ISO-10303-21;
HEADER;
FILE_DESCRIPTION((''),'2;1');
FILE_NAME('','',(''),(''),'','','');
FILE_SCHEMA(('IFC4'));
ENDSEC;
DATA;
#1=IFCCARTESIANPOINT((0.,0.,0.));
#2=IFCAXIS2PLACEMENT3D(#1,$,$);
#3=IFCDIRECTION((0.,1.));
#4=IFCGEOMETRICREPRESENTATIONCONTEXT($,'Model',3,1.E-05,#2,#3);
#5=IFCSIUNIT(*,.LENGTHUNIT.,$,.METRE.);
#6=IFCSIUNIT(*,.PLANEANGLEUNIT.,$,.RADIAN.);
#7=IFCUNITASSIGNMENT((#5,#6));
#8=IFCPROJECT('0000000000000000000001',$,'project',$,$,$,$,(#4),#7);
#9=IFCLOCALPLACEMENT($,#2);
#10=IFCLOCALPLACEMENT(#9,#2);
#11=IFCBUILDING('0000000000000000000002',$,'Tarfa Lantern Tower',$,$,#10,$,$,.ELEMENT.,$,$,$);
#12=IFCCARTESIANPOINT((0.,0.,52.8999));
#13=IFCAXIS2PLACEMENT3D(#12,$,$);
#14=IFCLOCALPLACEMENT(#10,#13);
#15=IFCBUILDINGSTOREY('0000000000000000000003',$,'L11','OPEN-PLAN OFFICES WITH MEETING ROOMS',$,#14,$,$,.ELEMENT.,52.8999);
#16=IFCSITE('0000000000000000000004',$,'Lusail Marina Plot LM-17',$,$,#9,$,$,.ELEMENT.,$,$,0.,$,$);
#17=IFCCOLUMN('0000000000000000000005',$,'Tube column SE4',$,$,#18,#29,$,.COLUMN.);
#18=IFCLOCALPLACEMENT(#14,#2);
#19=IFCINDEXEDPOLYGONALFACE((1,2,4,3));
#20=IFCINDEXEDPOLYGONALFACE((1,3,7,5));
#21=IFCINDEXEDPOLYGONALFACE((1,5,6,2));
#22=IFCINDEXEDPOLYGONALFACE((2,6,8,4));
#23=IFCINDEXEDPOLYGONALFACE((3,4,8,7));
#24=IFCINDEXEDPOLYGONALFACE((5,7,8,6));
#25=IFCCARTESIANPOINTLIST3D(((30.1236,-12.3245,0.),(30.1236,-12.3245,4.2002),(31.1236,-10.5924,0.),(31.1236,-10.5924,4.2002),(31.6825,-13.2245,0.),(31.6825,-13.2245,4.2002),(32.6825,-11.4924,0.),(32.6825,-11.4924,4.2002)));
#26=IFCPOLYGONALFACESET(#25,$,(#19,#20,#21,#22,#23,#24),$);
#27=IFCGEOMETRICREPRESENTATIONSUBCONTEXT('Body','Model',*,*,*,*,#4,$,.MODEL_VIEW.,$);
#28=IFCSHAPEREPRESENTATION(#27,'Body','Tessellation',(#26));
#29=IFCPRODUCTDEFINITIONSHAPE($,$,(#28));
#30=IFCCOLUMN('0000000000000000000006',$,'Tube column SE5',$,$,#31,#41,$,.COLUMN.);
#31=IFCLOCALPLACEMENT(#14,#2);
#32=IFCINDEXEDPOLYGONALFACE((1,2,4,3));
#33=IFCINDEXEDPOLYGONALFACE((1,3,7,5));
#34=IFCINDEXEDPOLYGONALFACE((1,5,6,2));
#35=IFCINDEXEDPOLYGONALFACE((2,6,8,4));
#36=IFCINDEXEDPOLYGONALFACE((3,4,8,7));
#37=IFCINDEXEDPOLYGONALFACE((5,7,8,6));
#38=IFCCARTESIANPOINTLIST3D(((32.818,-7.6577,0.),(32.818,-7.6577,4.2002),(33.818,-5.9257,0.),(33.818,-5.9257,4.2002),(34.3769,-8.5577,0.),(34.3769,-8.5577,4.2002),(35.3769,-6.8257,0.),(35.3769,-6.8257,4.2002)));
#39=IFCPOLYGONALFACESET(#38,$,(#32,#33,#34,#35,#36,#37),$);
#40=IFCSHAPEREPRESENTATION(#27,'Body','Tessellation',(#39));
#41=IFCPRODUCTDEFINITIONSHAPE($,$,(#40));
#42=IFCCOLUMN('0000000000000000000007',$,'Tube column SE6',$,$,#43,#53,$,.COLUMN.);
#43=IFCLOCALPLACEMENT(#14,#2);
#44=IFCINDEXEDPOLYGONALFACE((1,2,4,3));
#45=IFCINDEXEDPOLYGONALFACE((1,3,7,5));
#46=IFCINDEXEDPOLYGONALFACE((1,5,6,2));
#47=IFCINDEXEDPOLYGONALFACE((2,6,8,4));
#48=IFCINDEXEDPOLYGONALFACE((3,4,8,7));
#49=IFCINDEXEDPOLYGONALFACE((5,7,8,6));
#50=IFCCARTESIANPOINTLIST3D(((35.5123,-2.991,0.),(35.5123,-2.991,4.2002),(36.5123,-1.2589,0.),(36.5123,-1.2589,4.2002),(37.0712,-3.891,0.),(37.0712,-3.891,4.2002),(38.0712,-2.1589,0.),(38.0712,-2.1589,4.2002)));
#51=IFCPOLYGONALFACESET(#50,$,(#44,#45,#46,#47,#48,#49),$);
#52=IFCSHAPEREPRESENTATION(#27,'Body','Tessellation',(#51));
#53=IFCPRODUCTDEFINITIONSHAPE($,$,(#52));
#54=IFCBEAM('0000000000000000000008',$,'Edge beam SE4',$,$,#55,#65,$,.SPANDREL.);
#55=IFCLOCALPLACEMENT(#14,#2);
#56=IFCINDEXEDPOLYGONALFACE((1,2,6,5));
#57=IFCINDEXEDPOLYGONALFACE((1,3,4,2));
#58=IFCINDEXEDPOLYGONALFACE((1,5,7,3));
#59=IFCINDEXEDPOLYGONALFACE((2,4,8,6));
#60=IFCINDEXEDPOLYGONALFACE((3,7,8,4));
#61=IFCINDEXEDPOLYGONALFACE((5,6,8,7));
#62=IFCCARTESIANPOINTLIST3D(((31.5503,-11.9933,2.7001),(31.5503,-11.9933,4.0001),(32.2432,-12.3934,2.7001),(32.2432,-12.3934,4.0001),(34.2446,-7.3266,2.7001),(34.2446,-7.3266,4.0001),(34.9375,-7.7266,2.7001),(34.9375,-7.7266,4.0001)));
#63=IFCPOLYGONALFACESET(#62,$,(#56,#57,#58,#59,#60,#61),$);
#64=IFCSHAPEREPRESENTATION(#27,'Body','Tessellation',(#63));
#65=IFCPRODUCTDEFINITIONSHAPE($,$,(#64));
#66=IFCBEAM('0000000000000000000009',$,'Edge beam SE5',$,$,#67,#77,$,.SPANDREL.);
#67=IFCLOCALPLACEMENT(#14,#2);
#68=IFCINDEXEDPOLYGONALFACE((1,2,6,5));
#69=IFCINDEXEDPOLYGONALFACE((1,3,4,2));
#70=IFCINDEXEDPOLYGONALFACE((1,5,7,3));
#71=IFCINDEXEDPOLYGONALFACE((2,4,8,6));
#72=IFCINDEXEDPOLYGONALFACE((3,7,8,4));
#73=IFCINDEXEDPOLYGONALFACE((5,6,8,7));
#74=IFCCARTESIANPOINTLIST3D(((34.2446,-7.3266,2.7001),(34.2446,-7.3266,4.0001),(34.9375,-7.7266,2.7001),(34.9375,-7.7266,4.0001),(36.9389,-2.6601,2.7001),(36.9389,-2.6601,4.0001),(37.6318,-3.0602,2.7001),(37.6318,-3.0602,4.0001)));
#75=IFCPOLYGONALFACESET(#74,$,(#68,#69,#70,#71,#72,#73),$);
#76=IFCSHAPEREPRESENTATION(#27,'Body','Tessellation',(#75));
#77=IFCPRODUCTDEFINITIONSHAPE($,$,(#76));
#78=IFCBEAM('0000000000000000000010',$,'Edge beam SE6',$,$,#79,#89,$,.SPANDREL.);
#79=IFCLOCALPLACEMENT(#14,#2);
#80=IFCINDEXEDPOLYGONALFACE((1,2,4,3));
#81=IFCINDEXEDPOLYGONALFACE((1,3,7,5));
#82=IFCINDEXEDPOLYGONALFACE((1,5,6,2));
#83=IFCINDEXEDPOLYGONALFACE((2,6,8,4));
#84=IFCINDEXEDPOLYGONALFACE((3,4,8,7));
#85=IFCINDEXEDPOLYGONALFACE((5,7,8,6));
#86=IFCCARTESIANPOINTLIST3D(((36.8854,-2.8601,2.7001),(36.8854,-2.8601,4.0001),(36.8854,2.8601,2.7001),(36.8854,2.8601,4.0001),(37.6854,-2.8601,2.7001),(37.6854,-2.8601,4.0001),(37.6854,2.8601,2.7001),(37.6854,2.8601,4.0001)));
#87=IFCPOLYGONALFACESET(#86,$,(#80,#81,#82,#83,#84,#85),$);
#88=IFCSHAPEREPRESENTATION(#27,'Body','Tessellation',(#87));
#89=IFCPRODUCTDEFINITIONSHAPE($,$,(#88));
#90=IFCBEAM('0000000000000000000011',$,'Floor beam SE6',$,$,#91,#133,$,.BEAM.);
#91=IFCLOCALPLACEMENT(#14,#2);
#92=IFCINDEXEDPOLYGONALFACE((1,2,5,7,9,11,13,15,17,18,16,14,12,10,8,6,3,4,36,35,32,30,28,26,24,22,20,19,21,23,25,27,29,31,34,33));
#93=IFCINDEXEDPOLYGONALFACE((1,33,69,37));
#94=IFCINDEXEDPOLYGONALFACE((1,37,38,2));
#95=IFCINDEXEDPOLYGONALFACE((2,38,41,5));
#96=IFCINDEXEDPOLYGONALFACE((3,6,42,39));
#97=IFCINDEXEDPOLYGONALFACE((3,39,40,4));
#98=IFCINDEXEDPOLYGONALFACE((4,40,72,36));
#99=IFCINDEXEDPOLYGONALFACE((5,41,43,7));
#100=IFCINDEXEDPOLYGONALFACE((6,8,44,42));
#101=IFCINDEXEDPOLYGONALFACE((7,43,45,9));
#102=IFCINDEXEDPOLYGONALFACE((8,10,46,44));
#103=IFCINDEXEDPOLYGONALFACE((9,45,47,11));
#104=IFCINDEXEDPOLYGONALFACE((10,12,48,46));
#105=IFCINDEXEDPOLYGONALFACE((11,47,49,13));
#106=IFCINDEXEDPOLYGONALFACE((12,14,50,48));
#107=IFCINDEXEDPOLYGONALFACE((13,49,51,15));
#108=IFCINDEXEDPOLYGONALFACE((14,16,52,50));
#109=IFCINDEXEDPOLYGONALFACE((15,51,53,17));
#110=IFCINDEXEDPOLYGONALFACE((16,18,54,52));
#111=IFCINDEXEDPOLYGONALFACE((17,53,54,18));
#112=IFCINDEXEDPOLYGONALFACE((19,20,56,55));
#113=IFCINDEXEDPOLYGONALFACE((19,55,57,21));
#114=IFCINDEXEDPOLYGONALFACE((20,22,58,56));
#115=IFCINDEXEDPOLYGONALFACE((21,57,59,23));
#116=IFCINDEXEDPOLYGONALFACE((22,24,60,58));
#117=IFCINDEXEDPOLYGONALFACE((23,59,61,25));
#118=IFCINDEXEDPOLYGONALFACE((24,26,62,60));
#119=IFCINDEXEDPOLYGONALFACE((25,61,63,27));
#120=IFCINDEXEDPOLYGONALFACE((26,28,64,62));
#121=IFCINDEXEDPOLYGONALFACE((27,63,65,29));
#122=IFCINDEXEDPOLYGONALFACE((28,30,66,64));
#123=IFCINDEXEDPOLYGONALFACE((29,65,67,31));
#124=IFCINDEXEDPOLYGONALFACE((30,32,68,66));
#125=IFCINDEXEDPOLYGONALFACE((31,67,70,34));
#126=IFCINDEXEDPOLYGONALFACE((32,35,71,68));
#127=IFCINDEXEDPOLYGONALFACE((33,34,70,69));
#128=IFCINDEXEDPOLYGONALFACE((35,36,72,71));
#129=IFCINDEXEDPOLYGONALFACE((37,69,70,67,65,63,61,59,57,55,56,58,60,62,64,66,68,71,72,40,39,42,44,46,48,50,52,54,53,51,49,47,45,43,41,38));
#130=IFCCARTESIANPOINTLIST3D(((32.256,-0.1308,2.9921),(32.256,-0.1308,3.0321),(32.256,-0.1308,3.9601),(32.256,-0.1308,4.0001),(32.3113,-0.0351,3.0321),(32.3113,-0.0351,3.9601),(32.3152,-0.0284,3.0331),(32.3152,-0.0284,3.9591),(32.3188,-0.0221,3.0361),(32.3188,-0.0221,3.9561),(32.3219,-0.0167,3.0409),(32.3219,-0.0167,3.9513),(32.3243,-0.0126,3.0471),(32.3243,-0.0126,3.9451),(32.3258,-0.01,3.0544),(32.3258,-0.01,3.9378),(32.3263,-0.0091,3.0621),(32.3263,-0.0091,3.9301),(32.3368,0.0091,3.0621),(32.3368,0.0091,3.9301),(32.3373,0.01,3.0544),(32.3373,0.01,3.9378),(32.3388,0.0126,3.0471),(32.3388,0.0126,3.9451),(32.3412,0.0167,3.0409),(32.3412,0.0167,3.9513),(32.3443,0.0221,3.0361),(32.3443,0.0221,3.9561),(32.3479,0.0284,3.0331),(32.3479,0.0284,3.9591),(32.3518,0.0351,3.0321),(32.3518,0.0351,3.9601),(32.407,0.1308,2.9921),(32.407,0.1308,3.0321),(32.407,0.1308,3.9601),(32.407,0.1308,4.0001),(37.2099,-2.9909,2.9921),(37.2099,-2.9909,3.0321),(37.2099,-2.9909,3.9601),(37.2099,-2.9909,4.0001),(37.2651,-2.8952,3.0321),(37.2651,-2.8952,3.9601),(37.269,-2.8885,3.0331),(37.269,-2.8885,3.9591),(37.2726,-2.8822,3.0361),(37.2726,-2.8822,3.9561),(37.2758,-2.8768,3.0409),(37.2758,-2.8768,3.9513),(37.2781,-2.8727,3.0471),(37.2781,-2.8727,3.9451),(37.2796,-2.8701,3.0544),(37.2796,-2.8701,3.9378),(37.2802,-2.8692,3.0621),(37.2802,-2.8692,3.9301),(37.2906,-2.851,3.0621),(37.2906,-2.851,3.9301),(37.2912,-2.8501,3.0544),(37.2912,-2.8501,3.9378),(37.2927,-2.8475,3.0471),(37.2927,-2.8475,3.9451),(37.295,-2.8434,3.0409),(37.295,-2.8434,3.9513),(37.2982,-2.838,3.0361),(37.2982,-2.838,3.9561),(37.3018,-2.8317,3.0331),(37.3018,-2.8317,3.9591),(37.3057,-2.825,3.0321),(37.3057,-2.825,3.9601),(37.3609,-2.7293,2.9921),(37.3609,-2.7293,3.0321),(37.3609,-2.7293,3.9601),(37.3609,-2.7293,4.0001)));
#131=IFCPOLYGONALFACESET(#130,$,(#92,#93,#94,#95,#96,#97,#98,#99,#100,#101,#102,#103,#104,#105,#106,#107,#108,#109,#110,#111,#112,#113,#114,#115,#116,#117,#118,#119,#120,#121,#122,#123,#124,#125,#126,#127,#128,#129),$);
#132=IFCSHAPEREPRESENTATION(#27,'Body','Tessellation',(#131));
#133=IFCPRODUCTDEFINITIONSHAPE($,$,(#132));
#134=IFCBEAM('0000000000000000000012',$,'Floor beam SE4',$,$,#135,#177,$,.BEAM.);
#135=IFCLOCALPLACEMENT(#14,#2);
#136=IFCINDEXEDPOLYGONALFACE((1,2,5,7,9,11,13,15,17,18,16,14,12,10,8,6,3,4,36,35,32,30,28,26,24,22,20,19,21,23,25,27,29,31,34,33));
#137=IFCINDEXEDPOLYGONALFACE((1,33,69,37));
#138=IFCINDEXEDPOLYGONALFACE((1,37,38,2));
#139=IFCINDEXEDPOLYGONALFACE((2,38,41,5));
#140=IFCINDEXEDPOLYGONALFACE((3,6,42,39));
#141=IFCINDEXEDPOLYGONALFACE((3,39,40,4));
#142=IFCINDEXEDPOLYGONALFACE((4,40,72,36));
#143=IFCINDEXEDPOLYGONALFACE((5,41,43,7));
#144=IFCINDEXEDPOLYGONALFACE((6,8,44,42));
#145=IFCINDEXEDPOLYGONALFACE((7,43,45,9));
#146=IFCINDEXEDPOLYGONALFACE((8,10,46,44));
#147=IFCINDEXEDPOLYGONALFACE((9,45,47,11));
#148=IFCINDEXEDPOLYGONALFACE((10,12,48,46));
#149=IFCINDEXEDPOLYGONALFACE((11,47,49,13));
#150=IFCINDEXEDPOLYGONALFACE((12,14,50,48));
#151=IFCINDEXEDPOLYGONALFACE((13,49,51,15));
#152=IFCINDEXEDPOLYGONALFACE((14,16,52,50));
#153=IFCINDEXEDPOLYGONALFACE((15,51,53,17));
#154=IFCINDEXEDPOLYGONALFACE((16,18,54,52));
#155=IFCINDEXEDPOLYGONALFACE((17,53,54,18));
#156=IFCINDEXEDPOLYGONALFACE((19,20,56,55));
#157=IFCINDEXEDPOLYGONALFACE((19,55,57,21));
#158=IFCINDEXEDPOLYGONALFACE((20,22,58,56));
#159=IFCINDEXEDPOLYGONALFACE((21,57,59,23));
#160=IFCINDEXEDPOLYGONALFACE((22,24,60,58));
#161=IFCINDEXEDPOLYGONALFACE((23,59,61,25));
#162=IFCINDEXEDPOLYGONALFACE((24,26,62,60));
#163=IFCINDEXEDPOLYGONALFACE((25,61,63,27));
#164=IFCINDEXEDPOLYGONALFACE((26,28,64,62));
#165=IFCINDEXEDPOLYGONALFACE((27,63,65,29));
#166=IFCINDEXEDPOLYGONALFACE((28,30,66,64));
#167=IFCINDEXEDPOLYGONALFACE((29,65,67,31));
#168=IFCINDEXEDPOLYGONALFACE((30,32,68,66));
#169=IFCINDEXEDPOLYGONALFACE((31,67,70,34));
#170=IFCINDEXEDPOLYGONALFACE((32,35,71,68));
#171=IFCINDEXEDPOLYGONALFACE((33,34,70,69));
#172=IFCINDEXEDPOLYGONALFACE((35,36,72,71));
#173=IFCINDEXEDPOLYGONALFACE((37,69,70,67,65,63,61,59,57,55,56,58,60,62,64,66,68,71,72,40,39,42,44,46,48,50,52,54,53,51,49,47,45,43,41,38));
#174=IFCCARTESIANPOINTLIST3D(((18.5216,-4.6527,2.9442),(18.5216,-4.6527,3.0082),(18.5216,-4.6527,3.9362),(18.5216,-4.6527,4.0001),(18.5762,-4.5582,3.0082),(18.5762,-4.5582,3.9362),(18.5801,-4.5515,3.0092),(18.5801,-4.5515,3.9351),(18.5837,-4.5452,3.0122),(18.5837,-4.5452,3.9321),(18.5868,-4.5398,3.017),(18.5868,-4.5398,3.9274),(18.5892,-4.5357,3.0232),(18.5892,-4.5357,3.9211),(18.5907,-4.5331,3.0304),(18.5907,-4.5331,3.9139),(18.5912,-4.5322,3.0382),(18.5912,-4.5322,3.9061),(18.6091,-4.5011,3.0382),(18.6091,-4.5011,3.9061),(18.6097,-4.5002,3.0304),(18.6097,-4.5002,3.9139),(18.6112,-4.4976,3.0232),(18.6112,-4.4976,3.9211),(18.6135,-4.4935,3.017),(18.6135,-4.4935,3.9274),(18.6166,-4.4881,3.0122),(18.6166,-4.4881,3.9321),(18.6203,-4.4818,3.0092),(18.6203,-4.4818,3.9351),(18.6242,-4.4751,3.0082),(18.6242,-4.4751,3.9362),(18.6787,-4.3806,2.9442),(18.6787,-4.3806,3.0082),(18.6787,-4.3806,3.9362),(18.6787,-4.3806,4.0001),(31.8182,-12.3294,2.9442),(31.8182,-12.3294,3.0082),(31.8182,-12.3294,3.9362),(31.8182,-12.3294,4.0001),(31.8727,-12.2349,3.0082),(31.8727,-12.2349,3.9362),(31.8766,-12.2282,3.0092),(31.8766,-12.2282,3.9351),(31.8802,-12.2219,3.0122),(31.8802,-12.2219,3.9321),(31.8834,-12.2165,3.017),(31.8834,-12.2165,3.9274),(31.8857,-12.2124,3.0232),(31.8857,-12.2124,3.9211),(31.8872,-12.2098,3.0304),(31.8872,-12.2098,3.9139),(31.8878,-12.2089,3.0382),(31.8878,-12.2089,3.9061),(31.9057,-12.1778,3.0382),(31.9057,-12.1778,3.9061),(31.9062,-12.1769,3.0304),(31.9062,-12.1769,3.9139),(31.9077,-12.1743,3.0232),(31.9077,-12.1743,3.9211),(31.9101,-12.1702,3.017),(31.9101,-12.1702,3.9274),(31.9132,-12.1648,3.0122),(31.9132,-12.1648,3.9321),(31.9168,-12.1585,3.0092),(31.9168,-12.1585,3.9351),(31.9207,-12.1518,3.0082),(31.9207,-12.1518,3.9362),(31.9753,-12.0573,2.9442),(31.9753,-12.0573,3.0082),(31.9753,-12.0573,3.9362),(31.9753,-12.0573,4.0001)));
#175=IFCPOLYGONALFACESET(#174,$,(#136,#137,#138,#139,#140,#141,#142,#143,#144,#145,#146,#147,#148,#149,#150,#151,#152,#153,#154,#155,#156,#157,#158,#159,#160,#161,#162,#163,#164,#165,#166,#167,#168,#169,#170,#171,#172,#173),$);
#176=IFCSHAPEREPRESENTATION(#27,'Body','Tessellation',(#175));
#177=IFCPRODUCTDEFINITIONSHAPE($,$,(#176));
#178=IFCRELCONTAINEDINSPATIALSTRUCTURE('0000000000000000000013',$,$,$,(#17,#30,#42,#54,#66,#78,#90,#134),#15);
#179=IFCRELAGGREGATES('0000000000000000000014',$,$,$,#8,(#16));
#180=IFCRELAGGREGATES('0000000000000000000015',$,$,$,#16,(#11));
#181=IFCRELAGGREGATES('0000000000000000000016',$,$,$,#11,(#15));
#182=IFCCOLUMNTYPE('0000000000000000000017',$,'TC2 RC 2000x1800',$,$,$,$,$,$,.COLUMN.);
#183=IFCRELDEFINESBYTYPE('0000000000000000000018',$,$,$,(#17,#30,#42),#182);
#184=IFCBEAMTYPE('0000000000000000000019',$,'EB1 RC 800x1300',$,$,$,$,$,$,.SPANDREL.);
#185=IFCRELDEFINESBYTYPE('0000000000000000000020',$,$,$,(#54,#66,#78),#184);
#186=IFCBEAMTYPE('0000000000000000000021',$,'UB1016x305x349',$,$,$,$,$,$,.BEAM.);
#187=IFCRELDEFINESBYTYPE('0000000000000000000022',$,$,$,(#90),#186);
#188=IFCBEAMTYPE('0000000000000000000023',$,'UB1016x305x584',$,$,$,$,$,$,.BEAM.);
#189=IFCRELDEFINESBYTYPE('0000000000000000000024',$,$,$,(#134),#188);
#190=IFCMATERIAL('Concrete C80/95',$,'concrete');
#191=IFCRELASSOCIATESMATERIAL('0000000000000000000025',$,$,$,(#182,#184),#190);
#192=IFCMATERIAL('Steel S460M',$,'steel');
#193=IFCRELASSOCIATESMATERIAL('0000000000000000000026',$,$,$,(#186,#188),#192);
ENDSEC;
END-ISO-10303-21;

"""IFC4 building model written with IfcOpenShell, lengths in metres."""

from ifc_helpers import new_model, si_unit, direction, frame, origin, origin_2d, place, context, subcontext, project, spatial, rectangle, i_section, extrude, material, material_profile, profile_set, type_object, element, save


model = new_model("IFC4")

# Units and contexts
model_context = context("Model", 3, precision=1e-05, world=origin(), true_north=direction((0.0, 1.0)))
body_context = subcontext(model_context, "Body", "Model", "MODEL_VIEW")
ifc_project = project(units=[si_unit("LENGTHUNIT", "METRE"), si_unit("PLANEANGLEUNIT", "RADIAN")], contexts=[model_context])

# Site, building, storey
site_placement = place(None, origin())
site = spatial("IfcSite", under=ifc_project, at=site_placement, Name="Lusail Marina Plot LM-17", CompositionType="ELEMENT", RefElevation=0.0)
building_placement = place(site_placement, origin())
building = spatial("IfcBuilding", under=site, at=building_placement, Name="Tarfa Lantern Tower", CompositionType="ELEMENT")
storey_placement = place(building_placement, frame((0.0, 0.0, 52.8999)))
storey = spatial("IfcBuildingStorey", under=building, at=storey_placement, Name="L11", Description="OPEN-PLAN OFFICES WITH MEETING ROOMS", CompositionType="ELEMENT", Elevation=52.8999)

# Columns
ifc_material_1 = material(Name="Concrete C80/95", Category="concrete")
ifc_material_profile_1 = material_profile(ifc_material_1, rectangle(XDim=2.0, YDim=1.8, at=origin_2d()), Name="RC 2000x1800")
ifc_profile_set_1 = profile_set([ifc_material_profile_1], Name="Concrete C80/95")
column_type = type_object("IfcColumnType", Name="TC2 RC 2000x1800", PredefinedType="COLUMN", material=ifc_profile_set_1)
for number, where, z_axis, x_axis, name in (
    (1, (31.4031, -11.9084, 0.0), (0.0, 0.0, 1.0), (0.5, 0.866025, 0.0), "Tube column SE4"),
    (2, (34.0974, -7.2417, 0.0), (0.0, 0.0, 1.0), (0.5, 0.866025, 0.0), "Tube column SE5"),
    (3, (36.7917, -2.575, 0.0), (0.0, 0.0, 1.0), (0.5, 0.866025, 0.0), "Tube column SE6"),
):
    element("IfcColumn", number, at=place(storey_placement, frame(where, z_axis=z_axis, x_axis=x_axis)), inside=storey, type_object=column_type, Name=name, PredefinedType="COLUMN", context=body_context, shape_type="SweptSolid", body=[
        extrude(rectangle(XDim=2.0, YDim=1.8, at=origin_2d()), origin(), (0.0, 0.0, 1.0), 4.2002),
    ])

# Beams
ifc_material_profile_2 = material_profile(ifc_material_1, rectangle(XDim=0.8, YDim=1.3, at=origin_2d()), Name="RC 800x1300")
ifc_profile_set_2 = profile_set([ifc_material_profile_2], Name="Concrete C80/95")
beam_type_1 = type_object("IfcBeamType", Name="EB1 RC 800x1300", PredefinedType="SPANDREL", material=ifc_profile_set_2)
beam_1_placement = place(storey_placement, frame((31.8967, -12.1934, 3.3501), z_axis=(0.499998, 0.866026, 0.0), x_axis=(-0.866026, 0.499998, 0.0)))
element("IfcBeam", 4, at=beam_1_placement, inside=storey, type_object=beam_type_1, Name="Edge beam SE4", PredefinedType="SPANDREL", context=body_context, shape_type="SweptSolid", body=[
    extrude(rectangle(XDim=0.8, YDim=1.3, at=origin_2d()), origin(), (0.0, 0.0, 1.0), 5.3887),
])
beam_2_placement = place(storey_placement, frame((34.5911, -7.5266, 3.3501), z_axis=(0.500018, 0.866015, 0.0), x_axis=(-0.866015, 0.500018, 0.0)))
element("IfcBeam", 5, at=beam_2_placement, inside=storey, type_object=beam_type_1, Name="Edge beam SE5", PredefinedType="SPANDREL", context=body_context, shape_type="SweptSolid", body=[
    extrude(rectangle(XDim=0.8, YDim=1.3, at=origin_2d()), origin(), (0.0, 0.0, 1.0), 5.3884),
])
beam_3_placement = place(storey_placement, frame((37.2854, -2.8601, 3.3501), z_axis=(0.0, 1.0, 0.0), x_axis=(-1.0, 0.0, 0.0)))
element("IfcBeam", 6, at=beam_3_placement, inside=storey, type_object=beam_type_1, Name="Edge beam SE6", PredefinedType="SPANDREL", context=body_context, shape_type="SweptSolid", body=[
    extrude(rectangle(XDim=0.8, YDim=1.3, at=origin_2d()), origin(), (0.0, 0.0, 1.0), 5.7202),
])
ifc_material_2 = material(Name="Steel S460M", Category="steel")
ifc_material_profile_3 = material_profile(ifc_material_2, i_section(OverallWidth=0.302, OverallDepth=1.0081, WebThickness=0.021, FlangeThickness=0.04, FilletRadius=0.03, at=origin_2d()), Name="UB1016x305x349")
ifc_profile_set_3 = profile_set([ifc_material_profile_3], Name="Steel S460M")
beam_type_2 = type_object("IfcBeamType", Name="UB1016x305x349", PredefinedType="BEAM", material=ifc_profile_set_3)
beam_4_placement = place(storey_placement, frame((37.2854, -2.8601, 3.4961), z_axis=(-0.866026, 0.5, 0.0), x_axis=(-0.5, -0.866026, 0.0)))
element("IfcBeam", 7, at=beam_4_placement, inside=storey, type_object=beam_type_2, Name="Floor beam SE6", PredefinedType="BEAM", context=body_context, shape_type="SweptSolid", body=[
    extrude(i_section(OverallWidth=0.302, OverallDepth=1.0081, WebThickness=0.021, FlangeThickness=0.04, FilletRadius=0.03, at=origin_2d()), origin(), (0.0, 0.0, 1.0), 5.7202),
])
ifc_material_profile_4 = material_profile(ifc_material_2, i_section(OverallWidth=0.3142, OverallDepth=1.0559, WebThickness=0.0359, FlangeThickness=0.064, FilletRadius=0.03, at=origin_2d()), Name="UB1016x305x584")
ifc_profile_set_4 = profile_set([ifc_material_profile_4], Name="Steel S460M")
beam_type_3 = type_object("IfcBeamType", Name="UB1016x305x584", PredefinedType="BEAM", material=ifc_profile_set_4)
beam_5_placement = place(storey_placement, frame((31.8967, -12.1934, 3.4722), z_axis=(-0.866027, 0.499997, 0.0), x_axis=(-0.499997, -0.866027, 0.0)))
element("IfcBeam", 8, at=beam_5_placement, inside=storey, type_object=beam_type_3, Name="Floor beam SE4", PredefinedType="BEAM", context=body_context, shape_type="SweptSolid", body=[
    extrude(i_section(OverallWidth=0.3142, OverallDepth=1.0559, WebThickness=0.0359, FlangeThickness=0.064, FilletRadius=0.03, at=origin_2d()), origin(), (0.0, 0.0, 1.0), 15.3535),
])

save(model, "model.ifc")
